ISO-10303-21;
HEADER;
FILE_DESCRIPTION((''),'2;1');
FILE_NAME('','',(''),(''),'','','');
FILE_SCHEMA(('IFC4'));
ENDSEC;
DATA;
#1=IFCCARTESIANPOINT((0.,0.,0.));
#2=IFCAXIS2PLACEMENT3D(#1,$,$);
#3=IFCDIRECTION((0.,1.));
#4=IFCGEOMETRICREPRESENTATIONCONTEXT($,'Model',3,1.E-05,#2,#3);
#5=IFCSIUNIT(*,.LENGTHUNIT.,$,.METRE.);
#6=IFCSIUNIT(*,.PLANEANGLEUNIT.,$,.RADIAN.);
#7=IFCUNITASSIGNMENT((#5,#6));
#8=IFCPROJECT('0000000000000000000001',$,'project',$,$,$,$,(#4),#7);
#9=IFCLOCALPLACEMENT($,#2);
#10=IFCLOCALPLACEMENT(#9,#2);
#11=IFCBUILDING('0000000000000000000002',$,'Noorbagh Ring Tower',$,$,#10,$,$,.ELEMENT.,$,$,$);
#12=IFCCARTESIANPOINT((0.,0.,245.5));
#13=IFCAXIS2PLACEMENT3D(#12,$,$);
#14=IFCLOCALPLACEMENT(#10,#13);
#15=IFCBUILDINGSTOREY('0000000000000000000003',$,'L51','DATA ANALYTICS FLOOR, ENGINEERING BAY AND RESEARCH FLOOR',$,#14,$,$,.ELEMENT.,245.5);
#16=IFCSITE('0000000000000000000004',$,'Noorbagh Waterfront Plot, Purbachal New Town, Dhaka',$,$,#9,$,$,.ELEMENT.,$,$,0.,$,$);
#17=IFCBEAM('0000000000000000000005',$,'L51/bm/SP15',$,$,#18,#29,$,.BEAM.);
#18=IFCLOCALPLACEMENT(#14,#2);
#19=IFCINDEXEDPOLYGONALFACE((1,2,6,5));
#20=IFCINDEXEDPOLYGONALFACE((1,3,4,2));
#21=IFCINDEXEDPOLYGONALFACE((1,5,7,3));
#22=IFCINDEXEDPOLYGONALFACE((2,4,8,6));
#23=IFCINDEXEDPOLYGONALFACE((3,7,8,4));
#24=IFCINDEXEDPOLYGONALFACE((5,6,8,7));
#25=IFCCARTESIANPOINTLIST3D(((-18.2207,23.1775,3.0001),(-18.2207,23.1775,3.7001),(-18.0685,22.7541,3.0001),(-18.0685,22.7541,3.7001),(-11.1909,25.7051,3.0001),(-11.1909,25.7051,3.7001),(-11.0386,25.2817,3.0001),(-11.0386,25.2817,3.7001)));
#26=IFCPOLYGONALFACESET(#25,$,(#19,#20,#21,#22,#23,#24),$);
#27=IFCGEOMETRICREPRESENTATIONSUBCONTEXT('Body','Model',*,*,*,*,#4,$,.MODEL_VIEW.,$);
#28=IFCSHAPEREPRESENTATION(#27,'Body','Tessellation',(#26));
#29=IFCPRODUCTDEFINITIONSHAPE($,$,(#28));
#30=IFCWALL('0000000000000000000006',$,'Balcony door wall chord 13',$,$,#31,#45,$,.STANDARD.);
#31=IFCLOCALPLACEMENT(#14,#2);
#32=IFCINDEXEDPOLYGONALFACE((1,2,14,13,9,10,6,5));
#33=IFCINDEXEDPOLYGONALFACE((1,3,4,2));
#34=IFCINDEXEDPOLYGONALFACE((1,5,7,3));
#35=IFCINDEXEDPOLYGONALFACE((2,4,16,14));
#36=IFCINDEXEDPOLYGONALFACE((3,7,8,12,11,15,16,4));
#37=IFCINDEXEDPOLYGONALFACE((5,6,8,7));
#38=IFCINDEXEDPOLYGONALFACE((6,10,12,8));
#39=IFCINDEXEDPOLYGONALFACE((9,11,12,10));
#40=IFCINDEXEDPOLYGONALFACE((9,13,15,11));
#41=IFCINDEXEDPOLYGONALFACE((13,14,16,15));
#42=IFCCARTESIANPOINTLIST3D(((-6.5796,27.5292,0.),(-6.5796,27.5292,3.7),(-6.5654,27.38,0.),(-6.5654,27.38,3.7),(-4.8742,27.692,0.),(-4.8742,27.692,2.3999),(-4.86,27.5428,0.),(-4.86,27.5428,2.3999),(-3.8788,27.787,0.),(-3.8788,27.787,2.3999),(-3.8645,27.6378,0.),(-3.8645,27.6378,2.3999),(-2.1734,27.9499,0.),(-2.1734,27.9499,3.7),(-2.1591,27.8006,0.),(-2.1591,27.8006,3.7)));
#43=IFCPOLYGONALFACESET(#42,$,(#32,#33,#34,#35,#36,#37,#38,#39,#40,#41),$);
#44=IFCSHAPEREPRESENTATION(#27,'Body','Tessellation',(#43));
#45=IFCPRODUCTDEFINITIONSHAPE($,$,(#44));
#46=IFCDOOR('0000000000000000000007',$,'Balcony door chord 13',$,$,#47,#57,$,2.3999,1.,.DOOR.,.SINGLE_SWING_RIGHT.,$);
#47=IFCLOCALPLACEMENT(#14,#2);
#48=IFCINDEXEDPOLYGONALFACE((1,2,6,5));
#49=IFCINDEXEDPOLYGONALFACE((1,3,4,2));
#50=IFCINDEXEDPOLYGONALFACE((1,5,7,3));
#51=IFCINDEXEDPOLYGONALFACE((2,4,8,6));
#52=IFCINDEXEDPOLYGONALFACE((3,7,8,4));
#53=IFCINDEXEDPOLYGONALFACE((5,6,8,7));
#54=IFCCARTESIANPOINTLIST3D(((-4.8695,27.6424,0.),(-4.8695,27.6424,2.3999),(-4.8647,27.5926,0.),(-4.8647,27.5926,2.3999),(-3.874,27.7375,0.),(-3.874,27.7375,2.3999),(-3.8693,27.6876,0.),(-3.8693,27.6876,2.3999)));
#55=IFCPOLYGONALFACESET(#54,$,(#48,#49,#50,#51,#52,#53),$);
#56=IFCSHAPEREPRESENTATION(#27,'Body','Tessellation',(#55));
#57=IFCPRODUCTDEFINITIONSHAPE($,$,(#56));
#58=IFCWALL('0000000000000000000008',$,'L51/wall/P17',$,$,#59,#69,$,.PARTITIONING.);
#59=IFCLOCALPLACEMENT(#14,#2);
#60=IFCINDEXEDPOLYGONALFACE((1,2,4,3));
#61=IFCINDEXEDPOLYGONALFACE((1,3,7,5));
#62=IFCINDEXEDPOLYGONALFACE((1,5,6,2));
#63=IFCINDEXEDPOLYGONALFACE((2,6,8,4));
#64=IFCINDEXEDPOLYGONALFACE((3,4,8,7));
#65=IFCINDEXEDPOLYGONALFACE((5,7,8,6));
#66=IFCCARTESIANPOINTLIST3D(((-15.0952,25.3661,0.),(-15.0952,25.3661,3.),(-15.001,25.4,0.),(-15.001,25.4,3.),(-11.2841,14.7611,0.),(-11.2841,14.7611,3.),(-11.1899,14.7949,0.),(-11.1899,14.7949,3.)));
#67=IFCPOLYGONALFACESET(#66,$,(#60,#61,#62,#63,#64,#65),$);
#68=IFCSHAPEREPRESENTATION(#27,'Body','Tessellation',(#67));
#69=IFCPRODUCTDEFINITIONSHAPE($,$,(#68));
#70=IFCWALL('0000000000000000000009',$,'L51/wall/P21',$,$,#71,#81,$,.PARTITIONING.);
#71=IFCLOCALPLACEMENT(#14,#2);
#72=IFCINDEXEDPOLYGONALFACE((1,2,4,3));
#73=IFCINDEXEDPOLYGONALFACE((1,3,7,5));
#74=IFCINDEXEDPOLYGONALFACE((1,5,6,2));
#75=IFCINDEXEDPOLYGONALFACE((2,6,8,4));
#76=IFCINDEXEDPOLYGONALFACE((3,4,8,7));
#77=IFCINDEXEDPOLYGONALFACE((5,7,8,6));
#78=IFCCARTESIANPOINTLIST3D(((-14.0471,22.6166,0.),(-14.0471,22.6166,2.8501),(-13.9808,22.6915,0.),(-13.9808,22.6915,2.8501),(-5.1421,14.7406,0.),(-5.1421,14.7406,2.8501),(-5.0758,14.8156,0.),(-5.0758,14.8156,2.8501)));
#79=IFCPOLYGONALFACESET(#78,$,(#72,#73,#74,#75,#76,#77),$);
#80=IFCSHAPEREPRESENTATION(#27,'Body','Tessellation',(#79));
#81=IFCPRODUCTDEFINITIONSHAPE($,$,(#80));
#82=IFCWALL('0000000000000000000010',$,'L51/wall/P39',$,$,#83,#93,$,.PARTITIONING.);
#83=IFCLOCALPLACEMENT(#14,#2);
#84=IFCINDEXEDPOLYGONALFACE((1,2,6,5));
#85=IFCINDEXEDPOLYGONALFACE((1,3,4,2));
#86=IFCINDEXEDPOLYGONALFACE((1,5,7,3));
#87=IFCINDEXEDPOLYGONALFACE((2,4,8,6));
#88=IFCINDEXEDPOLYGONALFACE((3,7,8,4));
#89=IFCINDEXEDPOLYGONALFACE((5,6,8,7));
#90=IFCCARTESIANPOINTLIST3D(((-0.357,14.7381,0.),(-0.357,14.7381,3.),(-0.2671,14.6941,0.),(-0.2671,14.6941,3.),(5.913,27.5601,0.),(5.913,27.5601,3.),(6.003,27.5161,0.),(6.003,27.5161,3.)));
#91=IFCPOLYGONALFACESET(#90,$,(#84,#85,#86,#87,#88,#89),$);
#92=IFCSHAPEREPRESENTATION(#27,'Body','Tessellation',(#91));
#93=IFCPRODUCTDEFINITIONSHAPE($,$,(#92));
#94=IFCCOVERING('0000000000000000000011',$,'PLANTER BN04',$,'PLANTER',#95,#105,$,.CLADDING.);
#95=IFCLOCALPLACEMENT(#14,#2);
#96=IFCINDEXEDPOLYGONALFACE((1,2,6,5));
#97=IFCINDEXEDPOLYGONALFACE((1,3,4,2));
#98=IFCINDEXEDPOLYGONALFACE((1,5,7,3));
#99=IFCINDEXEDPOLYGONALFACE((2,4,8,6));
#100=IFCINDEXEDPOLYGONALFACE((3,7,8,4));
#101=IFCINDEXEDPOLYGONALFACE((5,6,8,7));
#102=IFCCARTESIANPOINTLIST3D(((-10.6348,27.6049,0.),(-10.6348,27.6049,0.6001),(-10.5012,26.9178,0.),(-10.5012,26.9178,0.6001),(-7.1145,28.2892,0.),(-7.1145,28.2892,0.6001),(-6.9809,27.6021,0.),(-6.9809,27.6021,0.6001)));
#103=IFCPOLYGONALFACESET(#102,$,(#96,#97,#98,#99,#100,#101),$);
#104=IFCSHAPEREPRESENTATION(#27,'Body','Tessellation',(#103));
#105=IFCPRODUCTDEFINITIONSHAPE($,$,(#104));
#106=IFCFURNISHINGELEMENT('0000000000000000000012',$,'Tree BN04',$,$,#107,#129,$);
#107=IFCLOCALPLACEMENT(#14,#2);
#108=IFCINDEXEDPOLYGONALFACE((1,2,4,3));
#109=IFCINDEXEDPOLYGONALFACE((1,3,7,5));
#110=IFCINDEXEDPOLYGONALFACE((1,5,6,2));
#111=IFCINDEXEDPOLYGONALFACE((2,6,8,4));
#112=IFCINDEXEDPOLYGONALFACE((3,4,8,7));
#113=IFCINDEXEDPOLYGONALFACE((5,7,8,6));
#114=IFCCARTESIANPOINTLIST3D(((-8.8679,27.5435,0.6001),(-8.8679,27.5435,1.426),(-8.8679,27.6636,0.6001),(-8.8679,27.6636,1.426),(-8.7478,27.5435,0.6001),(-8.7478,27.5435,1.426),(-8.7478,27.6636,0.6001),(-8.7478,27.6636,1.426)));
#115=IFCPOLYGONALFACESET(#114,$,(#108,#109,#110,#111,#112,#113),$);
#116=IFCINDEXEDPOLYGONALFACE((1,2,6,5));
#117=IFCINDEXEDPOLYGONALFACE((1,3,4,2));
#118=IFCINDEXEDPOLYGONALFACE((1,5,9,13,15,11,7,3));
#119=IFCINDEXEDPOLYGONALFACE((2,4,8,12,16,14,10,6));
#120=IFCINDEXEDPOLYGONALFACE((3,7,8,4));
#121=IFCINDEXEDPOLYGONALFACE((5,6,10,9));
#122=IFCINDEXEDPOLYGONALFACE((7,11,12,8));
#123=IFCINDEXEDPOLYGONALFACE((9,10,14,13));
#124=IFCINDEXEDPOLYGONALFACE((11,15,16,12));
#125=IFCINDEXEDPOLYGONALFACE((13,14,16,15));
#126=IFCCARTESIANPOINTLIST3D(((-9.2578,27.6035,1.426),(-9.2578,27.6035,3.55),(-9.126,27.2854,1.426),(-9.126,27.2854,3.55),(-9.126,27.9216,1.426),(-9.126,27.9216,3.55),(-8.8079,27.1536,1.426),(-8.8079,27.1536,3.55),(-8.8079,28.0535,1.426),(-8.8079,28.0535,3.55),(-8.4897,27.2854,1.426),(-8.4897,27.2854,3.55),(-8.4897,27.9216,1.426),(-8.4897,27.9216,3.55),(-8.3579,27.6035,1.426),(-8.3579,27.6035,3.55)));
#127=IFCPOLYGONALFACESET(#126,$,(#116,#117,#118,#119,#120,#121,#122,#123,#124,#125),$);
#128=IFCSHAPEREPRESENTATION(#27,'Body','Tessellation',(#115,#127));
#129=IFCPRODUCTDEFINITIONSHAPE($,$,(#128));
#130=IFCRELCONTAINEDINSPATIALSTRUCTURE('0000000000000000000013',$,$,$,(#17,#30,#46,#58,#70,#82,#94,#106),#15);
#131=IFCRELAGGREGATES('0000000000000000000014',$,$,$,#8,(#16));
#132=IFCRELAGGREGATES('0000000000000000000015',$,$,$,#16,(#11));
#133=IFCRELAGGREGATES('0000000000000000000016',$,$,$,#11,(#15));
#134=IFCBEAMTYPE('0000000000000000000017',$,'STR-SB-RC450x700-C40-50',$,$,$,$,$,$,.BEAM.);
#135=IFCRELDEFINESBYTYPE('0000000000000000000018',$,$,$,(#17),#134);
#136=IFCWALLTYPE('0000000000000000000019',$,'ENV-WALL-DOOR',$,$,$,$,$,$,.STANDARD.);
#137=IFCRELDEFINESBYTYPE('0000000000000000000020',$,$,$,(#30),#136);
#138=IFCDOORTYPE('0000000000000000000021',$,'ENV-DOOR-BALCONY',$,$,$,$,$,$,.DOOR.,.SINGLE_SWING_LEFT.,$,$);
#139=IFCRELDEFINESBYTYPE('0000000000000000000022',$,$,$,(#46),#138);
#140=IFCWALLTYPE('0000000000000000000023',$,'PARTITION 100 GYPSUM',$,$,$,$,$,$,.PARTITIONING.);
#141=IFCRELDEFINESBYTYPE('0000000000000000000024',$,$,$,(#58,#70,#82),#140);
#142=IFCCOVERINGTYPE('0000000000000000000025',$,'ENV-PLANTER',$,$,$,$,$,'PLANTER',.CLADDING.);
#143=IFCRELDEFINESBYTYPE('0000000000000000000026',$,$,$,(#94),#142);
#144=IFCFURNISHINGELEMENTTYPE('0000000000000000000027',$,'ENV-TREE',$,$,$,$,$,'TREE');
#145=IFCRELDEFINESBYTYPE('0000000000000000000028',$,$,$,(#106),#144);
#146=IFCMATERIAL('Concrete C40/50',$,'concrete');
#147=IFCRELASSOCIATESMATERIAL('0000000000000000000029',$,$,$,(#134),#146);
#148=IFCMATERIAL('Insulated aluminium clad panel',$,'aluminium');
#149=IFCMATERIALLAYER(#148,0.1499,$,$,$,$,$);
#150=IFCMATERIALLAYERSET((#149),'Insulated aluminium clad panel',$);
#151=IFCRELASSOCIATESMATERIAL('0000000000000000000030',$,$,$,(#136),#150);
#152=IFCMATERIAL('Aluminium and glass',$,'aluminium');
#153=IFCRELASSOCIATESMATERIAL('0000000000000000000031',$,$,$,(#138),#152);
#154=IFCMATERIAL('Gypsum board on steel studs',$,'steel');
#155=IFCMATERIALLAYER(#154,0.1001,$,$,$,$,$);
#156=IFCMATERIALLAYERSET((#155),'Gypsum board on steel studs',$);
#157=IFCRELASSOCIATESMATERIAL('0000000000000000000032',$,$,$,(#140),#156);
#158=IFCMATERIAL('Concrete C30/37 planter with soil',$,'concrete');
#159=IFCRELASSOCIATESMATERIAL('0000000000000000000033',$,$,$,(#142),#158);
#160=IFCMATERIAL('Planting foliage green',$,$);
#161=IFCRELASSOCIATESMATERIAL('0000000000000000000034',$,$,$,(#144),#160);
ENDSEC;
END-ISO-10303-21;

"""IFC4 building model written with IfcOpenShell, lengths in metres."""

from ifc_helpers import new_model, si_unit, direction, frame, frame_2d, origin, origin_2d, place, context, subcontext, project, spatial, polyline, rectangle, outline, extrude, material, layer, layer_set, material_profile, profile_set, type_object, element, fill, save


model = new_model("IFC4")

# Units and contexts
model_context = context("Model", 3, precision=1e-05, world=origin(), true_north=direction((0.0, 1.0)))
body_context = subcontext(model_context, "Body", "Model", "MODEL_VIEW")
ifc_project = project(units=[si_unit("LENGTHUNIT", "METRE"), si_unit("PLANEANGLEUNIT", "RADIAN")], contexts=[model_context])

# Site, building, storey
site_placement = place(None, origin())
site = spatial("IfcSite", under=ifc_project, at=site_placement, Name="Noorbagh Waterfront Plot, Purbachal New Town, Dhaka", CompositionType="ELEMENT", RefElevation=0.0)
building_placement = place(site_placement, origin())
building = spatial("IfcBuilding", under=site, at=building_placement, Name="Noorbagh Ring Tower", CompositionType="ELEMENT")
storey_placement = place(building_placement, frame((0.0, 0.0, 245.5)))
storey = spatial("IfcBuildingStorey", under=building, at=storey_placement, Name="L51", Description="DATA ANALYTICS FLOOR, ENGINEERING BAY AND RESEARCH FLOOR", CompositionType="ELEMENT", Elevation=245.5)

# Beam
ifc_material_1 = material(Name="Concrete C40/50", Category="concrete")
ifc_material_profile_1 = material_profile(ifc_material_1, rectangle(XDim=0.45, YDim=0.7, at=origin_2d()), Name="RC450x700")
ifc_profile_set_1 = profile_set([ifc_material_profile_1], Name="Concrete C40/50")
beam_type_1 = type_object("IfcBeamType", Name="STR-SB-RC450x700-C40-50", PredefinedType="BEAM", material=ifc_profile_set_1)
beam_1_placement = place(storey_placement, frame((-11.1147, 25.4934, 3.3501), z_axis=(-0.941021, -0.338348, 0.0), x_axis=(0.338348, -0.941021, 0.0)))
element("IfcBeam", 1, at=beam_1_placement, inside=storey, type_object=beam_type_1, Name="L51/bm/SP15", PredefinedType="BEAM", context=body_context, shape_type="SweptSolid", body=[
    extrude(rectangle(XDim=0.45, YDim=0.7, at=origin_2d()), origin(), (0.0, 0.0, 1.0), 7.4705),
])

# Wall, opening, door
ifc_material_2 = material(Name="Insulated aluminium clad panel", Category="aluminium")
ifc_layer_1 = layer(ifc_material_2, 0.1499)
ifc_layer_set_1 = layer_set([ifc_layer_1], Name="Insulated aluminium clad panel")
wall_type_1 = type_object("IfcWallType", Name="ENV-WALL-DOOR", PredefinedType="STANDARD", material=ifc_layer_set_1)
wall_1_placement = place(storey_placement, frame((-2.1663, 27.8752, 0.0), z_axis=(0.0, 0.0, 1.0), x_axis=(-0.995474, -0.095036, 0.0)))
wall_1 = element("IfcWall", 2, at=wall_1_placement, inside=storey, type_object=wall_type_1, Name="Balcony door wall chord 13", PredefinedType="STANDARD", context=body_context, shape_type="SweptSolid", body=[
    extrude(rectangle(XDim=4.4263, YDim=0.1499, at=frame_2d((2.2131, 0.0))), origin(), (0.0, 0.0, 1.0), 3.7),
])
opening_placement = place(wall_1_placement, frame((1.7131, 0.0, 0.0)))
opening = element("IfcOpeningElement", 3, at=opening_placement, cuts=wall_1, PredefinedType="OPENING", context=body_context, shape_type="SweptSolid", body=[
    extrude(rectangle(XDim=1.0, YDim=2.3999, at=frame_2d((0.5, 1.2))), frame((0.0, 0.085, 0.0), z_axis=(0.0, -1.0, 0.0), x_axis=(1.0, 0.0, 0.0)), (0.0, 0.0, 1.0), 0.1699),
])
ifc_material_3 = material(Name="Aluminium and glass", Category="aluminium")
door_type = type_object("IfcDoorType", Name="ENV-DOOR-BALCONY", OperationType="SINGLE_SWING_LEFT", PredefinedType="DOOR", material=ifc_material_3)
door_placement = place(opening_placement, origin())
door = element("IfcDoor", 4, at=door_placement, inside=storey, type_object=door_type, Name="Balcony door chord 13", OperationType="SINGLE_SWING_RIGHT", OverallHeight=2.3999, OverallWidth=1.0, PredefinedType="DOOR", context=body_context, shape_type="SweptSolid", body=[
    extrude(rectangle(XDim=1.0, YDim=2.3999, at=frame_2d((0.5, 1.2))), frame((0.0, 0.0249, 0.0), z_axis=(0.0, -1.0, 0.0), x_axis=(1.0, 0.0, 0.0)), (0.0, 0.0, 1.0), 0.05),
])
fill(opening, door)

# Walls
ifc_material_4 = material(Name="Gypsum board on steel studs", Category="steel")
ifc_layer_2 = layer(ifc_material_4, 0.1001)
ifc_layer_set_2 = layer_set([ifc_layer_2], Name="Gypsum board on steel studs")
wall_type_2 = type_object("IfcWallType", Name="PARTITION 100 GYPSUM", PredefinedType="PARTITIONING", material=ifc_layer_set_2)
wall_2_placement = place(storey_placement, frame((-15.0481, 25.3831, 0.0), z_axis=(0.0, 0.0, 1.0), x_axis=(0.338189, -0.941078, 0.0)))
element("IfcWall", 5, at=wall_2_placement, inside=storey, type_object=wall_type_2, Name="L51/wall/P17", PredefinedType="PARTITIONING", context=body_context, shape_type="SweptSolid", body=[
    extrude(rectangle(XDim=11.269, YDim=0.1001, at=frame_2d((5.6345, 0.0))), origin(), (0.0, 0.0, 1.0), 3.0),
])
wall_3_placement = place(storey_placement, frame((-14.0139, 22.6541, 0.0), z_axis=(0.0, 0.0, 1.0), x_axis=(0.749061, -0.662501, 0.0)))
element("IfcWall", 6, at=wall_3_placement, inside=storey, type_object=wall_type_2, Name="L51/wall/P21", PredefinedType="PARTITIONING", context=body_context, shape_type="SweptSolid", body=[
    extrude(rectangle(XDim=11.8882, YDim=0.1001, at=frame_2d((5.9441, 0.0))), origin(), (0.0, 0.0, 1.0), 2.8501),
])
wall_4_placement = place(storey_placement, frame((-0.312, 14.7161, 0.0), z_axis=(0.0, 0.0, 1.0), x_axis=(0.439294, 0.898344, 0.0)))
element("IfcWall", 7, at=wall_4_placement, inside=storey, type_object=wall_type_2, Name="L51/wall/P39", PredefinedType="PARTITIONING", context=body_context, shape_type="SweptSolid", body=[
    extrude(rectangle(XDim=14.2729, YDim=0.1001, at=frame_2d((7.1365, 0.0))), origin(), (0.0, 0.0, 1.0), 3.0),
])

# Covering
ifc_material_5 = material(Name="Concrete C30/37 planter with soil", Category="concrete")
covering_type = type_object("IfcCoveringType", Name="ENV-PLANTER", ElementType="PLANTER", PredefinedType="CLADDING", material=ifc_material_5)
covering_placement = place(storey_placement, frame((-8.8079, 27.6035, 0.0), z_axis=(0.0, 0.0, 1.0), x_axis=(-0.981625, -0.19082, 0.0)))
element("IfcCovering", 8, at=covering_placement, inside=storey, type_object=covering_type, Name="PLANTER BN04", ObjectType="PLANTER", PredefinedType="CLADDING", context=body_context, shape_type="SweptSolid", body=[
    extrude(rectangle(XDim=3.5862, YDim=0.7, at=origin_2d()), origin(), (0.0, 0.0, 1.0), 0.6001),
])

# Furnishing element
ifc_material_6 = material(Name="Planting foliage green")
furnishing_element_type = type_object("IfcFurnishingElementType", Name="ENV-TREE", ElementType="TREE", material=ifc_material_6)
furnishing_placement = place(storey_placement, frame((-8.8079, 27.6035, 0.6001), z_axis=(0.0, 0.0, 1.0), x_axis=(1.0, 0.0, 0.0)))
element("IfcFurnishingElement", 9, at=furnishing_placement, inside=storey, type_object=furnishing_element_type, Name="Tree BN04", context=body_context, shape_type="SweptSolid", body=[
    extrude(rectangle(XDim=0.1201, YDim=0.1201, at=origin_2d()), origin(), (0.0, 0.0, 1.0), 0.8259),
    extrude(outline(polyline([(0.45, 0.0), (0.3181, 0.3181), (0.0, 0.45), (-0.3181, 0.3181), (-0.45, 0.0), (-0.3181, -0.3181), (0.0, -0.45), (0.3181, -0.3181), (0.45, 0.0)])), frame((0.0, 0.0, 0.8259)), (0.0, 0.0, 1.0), 2.124),
])

save(model, "model.ifc")
